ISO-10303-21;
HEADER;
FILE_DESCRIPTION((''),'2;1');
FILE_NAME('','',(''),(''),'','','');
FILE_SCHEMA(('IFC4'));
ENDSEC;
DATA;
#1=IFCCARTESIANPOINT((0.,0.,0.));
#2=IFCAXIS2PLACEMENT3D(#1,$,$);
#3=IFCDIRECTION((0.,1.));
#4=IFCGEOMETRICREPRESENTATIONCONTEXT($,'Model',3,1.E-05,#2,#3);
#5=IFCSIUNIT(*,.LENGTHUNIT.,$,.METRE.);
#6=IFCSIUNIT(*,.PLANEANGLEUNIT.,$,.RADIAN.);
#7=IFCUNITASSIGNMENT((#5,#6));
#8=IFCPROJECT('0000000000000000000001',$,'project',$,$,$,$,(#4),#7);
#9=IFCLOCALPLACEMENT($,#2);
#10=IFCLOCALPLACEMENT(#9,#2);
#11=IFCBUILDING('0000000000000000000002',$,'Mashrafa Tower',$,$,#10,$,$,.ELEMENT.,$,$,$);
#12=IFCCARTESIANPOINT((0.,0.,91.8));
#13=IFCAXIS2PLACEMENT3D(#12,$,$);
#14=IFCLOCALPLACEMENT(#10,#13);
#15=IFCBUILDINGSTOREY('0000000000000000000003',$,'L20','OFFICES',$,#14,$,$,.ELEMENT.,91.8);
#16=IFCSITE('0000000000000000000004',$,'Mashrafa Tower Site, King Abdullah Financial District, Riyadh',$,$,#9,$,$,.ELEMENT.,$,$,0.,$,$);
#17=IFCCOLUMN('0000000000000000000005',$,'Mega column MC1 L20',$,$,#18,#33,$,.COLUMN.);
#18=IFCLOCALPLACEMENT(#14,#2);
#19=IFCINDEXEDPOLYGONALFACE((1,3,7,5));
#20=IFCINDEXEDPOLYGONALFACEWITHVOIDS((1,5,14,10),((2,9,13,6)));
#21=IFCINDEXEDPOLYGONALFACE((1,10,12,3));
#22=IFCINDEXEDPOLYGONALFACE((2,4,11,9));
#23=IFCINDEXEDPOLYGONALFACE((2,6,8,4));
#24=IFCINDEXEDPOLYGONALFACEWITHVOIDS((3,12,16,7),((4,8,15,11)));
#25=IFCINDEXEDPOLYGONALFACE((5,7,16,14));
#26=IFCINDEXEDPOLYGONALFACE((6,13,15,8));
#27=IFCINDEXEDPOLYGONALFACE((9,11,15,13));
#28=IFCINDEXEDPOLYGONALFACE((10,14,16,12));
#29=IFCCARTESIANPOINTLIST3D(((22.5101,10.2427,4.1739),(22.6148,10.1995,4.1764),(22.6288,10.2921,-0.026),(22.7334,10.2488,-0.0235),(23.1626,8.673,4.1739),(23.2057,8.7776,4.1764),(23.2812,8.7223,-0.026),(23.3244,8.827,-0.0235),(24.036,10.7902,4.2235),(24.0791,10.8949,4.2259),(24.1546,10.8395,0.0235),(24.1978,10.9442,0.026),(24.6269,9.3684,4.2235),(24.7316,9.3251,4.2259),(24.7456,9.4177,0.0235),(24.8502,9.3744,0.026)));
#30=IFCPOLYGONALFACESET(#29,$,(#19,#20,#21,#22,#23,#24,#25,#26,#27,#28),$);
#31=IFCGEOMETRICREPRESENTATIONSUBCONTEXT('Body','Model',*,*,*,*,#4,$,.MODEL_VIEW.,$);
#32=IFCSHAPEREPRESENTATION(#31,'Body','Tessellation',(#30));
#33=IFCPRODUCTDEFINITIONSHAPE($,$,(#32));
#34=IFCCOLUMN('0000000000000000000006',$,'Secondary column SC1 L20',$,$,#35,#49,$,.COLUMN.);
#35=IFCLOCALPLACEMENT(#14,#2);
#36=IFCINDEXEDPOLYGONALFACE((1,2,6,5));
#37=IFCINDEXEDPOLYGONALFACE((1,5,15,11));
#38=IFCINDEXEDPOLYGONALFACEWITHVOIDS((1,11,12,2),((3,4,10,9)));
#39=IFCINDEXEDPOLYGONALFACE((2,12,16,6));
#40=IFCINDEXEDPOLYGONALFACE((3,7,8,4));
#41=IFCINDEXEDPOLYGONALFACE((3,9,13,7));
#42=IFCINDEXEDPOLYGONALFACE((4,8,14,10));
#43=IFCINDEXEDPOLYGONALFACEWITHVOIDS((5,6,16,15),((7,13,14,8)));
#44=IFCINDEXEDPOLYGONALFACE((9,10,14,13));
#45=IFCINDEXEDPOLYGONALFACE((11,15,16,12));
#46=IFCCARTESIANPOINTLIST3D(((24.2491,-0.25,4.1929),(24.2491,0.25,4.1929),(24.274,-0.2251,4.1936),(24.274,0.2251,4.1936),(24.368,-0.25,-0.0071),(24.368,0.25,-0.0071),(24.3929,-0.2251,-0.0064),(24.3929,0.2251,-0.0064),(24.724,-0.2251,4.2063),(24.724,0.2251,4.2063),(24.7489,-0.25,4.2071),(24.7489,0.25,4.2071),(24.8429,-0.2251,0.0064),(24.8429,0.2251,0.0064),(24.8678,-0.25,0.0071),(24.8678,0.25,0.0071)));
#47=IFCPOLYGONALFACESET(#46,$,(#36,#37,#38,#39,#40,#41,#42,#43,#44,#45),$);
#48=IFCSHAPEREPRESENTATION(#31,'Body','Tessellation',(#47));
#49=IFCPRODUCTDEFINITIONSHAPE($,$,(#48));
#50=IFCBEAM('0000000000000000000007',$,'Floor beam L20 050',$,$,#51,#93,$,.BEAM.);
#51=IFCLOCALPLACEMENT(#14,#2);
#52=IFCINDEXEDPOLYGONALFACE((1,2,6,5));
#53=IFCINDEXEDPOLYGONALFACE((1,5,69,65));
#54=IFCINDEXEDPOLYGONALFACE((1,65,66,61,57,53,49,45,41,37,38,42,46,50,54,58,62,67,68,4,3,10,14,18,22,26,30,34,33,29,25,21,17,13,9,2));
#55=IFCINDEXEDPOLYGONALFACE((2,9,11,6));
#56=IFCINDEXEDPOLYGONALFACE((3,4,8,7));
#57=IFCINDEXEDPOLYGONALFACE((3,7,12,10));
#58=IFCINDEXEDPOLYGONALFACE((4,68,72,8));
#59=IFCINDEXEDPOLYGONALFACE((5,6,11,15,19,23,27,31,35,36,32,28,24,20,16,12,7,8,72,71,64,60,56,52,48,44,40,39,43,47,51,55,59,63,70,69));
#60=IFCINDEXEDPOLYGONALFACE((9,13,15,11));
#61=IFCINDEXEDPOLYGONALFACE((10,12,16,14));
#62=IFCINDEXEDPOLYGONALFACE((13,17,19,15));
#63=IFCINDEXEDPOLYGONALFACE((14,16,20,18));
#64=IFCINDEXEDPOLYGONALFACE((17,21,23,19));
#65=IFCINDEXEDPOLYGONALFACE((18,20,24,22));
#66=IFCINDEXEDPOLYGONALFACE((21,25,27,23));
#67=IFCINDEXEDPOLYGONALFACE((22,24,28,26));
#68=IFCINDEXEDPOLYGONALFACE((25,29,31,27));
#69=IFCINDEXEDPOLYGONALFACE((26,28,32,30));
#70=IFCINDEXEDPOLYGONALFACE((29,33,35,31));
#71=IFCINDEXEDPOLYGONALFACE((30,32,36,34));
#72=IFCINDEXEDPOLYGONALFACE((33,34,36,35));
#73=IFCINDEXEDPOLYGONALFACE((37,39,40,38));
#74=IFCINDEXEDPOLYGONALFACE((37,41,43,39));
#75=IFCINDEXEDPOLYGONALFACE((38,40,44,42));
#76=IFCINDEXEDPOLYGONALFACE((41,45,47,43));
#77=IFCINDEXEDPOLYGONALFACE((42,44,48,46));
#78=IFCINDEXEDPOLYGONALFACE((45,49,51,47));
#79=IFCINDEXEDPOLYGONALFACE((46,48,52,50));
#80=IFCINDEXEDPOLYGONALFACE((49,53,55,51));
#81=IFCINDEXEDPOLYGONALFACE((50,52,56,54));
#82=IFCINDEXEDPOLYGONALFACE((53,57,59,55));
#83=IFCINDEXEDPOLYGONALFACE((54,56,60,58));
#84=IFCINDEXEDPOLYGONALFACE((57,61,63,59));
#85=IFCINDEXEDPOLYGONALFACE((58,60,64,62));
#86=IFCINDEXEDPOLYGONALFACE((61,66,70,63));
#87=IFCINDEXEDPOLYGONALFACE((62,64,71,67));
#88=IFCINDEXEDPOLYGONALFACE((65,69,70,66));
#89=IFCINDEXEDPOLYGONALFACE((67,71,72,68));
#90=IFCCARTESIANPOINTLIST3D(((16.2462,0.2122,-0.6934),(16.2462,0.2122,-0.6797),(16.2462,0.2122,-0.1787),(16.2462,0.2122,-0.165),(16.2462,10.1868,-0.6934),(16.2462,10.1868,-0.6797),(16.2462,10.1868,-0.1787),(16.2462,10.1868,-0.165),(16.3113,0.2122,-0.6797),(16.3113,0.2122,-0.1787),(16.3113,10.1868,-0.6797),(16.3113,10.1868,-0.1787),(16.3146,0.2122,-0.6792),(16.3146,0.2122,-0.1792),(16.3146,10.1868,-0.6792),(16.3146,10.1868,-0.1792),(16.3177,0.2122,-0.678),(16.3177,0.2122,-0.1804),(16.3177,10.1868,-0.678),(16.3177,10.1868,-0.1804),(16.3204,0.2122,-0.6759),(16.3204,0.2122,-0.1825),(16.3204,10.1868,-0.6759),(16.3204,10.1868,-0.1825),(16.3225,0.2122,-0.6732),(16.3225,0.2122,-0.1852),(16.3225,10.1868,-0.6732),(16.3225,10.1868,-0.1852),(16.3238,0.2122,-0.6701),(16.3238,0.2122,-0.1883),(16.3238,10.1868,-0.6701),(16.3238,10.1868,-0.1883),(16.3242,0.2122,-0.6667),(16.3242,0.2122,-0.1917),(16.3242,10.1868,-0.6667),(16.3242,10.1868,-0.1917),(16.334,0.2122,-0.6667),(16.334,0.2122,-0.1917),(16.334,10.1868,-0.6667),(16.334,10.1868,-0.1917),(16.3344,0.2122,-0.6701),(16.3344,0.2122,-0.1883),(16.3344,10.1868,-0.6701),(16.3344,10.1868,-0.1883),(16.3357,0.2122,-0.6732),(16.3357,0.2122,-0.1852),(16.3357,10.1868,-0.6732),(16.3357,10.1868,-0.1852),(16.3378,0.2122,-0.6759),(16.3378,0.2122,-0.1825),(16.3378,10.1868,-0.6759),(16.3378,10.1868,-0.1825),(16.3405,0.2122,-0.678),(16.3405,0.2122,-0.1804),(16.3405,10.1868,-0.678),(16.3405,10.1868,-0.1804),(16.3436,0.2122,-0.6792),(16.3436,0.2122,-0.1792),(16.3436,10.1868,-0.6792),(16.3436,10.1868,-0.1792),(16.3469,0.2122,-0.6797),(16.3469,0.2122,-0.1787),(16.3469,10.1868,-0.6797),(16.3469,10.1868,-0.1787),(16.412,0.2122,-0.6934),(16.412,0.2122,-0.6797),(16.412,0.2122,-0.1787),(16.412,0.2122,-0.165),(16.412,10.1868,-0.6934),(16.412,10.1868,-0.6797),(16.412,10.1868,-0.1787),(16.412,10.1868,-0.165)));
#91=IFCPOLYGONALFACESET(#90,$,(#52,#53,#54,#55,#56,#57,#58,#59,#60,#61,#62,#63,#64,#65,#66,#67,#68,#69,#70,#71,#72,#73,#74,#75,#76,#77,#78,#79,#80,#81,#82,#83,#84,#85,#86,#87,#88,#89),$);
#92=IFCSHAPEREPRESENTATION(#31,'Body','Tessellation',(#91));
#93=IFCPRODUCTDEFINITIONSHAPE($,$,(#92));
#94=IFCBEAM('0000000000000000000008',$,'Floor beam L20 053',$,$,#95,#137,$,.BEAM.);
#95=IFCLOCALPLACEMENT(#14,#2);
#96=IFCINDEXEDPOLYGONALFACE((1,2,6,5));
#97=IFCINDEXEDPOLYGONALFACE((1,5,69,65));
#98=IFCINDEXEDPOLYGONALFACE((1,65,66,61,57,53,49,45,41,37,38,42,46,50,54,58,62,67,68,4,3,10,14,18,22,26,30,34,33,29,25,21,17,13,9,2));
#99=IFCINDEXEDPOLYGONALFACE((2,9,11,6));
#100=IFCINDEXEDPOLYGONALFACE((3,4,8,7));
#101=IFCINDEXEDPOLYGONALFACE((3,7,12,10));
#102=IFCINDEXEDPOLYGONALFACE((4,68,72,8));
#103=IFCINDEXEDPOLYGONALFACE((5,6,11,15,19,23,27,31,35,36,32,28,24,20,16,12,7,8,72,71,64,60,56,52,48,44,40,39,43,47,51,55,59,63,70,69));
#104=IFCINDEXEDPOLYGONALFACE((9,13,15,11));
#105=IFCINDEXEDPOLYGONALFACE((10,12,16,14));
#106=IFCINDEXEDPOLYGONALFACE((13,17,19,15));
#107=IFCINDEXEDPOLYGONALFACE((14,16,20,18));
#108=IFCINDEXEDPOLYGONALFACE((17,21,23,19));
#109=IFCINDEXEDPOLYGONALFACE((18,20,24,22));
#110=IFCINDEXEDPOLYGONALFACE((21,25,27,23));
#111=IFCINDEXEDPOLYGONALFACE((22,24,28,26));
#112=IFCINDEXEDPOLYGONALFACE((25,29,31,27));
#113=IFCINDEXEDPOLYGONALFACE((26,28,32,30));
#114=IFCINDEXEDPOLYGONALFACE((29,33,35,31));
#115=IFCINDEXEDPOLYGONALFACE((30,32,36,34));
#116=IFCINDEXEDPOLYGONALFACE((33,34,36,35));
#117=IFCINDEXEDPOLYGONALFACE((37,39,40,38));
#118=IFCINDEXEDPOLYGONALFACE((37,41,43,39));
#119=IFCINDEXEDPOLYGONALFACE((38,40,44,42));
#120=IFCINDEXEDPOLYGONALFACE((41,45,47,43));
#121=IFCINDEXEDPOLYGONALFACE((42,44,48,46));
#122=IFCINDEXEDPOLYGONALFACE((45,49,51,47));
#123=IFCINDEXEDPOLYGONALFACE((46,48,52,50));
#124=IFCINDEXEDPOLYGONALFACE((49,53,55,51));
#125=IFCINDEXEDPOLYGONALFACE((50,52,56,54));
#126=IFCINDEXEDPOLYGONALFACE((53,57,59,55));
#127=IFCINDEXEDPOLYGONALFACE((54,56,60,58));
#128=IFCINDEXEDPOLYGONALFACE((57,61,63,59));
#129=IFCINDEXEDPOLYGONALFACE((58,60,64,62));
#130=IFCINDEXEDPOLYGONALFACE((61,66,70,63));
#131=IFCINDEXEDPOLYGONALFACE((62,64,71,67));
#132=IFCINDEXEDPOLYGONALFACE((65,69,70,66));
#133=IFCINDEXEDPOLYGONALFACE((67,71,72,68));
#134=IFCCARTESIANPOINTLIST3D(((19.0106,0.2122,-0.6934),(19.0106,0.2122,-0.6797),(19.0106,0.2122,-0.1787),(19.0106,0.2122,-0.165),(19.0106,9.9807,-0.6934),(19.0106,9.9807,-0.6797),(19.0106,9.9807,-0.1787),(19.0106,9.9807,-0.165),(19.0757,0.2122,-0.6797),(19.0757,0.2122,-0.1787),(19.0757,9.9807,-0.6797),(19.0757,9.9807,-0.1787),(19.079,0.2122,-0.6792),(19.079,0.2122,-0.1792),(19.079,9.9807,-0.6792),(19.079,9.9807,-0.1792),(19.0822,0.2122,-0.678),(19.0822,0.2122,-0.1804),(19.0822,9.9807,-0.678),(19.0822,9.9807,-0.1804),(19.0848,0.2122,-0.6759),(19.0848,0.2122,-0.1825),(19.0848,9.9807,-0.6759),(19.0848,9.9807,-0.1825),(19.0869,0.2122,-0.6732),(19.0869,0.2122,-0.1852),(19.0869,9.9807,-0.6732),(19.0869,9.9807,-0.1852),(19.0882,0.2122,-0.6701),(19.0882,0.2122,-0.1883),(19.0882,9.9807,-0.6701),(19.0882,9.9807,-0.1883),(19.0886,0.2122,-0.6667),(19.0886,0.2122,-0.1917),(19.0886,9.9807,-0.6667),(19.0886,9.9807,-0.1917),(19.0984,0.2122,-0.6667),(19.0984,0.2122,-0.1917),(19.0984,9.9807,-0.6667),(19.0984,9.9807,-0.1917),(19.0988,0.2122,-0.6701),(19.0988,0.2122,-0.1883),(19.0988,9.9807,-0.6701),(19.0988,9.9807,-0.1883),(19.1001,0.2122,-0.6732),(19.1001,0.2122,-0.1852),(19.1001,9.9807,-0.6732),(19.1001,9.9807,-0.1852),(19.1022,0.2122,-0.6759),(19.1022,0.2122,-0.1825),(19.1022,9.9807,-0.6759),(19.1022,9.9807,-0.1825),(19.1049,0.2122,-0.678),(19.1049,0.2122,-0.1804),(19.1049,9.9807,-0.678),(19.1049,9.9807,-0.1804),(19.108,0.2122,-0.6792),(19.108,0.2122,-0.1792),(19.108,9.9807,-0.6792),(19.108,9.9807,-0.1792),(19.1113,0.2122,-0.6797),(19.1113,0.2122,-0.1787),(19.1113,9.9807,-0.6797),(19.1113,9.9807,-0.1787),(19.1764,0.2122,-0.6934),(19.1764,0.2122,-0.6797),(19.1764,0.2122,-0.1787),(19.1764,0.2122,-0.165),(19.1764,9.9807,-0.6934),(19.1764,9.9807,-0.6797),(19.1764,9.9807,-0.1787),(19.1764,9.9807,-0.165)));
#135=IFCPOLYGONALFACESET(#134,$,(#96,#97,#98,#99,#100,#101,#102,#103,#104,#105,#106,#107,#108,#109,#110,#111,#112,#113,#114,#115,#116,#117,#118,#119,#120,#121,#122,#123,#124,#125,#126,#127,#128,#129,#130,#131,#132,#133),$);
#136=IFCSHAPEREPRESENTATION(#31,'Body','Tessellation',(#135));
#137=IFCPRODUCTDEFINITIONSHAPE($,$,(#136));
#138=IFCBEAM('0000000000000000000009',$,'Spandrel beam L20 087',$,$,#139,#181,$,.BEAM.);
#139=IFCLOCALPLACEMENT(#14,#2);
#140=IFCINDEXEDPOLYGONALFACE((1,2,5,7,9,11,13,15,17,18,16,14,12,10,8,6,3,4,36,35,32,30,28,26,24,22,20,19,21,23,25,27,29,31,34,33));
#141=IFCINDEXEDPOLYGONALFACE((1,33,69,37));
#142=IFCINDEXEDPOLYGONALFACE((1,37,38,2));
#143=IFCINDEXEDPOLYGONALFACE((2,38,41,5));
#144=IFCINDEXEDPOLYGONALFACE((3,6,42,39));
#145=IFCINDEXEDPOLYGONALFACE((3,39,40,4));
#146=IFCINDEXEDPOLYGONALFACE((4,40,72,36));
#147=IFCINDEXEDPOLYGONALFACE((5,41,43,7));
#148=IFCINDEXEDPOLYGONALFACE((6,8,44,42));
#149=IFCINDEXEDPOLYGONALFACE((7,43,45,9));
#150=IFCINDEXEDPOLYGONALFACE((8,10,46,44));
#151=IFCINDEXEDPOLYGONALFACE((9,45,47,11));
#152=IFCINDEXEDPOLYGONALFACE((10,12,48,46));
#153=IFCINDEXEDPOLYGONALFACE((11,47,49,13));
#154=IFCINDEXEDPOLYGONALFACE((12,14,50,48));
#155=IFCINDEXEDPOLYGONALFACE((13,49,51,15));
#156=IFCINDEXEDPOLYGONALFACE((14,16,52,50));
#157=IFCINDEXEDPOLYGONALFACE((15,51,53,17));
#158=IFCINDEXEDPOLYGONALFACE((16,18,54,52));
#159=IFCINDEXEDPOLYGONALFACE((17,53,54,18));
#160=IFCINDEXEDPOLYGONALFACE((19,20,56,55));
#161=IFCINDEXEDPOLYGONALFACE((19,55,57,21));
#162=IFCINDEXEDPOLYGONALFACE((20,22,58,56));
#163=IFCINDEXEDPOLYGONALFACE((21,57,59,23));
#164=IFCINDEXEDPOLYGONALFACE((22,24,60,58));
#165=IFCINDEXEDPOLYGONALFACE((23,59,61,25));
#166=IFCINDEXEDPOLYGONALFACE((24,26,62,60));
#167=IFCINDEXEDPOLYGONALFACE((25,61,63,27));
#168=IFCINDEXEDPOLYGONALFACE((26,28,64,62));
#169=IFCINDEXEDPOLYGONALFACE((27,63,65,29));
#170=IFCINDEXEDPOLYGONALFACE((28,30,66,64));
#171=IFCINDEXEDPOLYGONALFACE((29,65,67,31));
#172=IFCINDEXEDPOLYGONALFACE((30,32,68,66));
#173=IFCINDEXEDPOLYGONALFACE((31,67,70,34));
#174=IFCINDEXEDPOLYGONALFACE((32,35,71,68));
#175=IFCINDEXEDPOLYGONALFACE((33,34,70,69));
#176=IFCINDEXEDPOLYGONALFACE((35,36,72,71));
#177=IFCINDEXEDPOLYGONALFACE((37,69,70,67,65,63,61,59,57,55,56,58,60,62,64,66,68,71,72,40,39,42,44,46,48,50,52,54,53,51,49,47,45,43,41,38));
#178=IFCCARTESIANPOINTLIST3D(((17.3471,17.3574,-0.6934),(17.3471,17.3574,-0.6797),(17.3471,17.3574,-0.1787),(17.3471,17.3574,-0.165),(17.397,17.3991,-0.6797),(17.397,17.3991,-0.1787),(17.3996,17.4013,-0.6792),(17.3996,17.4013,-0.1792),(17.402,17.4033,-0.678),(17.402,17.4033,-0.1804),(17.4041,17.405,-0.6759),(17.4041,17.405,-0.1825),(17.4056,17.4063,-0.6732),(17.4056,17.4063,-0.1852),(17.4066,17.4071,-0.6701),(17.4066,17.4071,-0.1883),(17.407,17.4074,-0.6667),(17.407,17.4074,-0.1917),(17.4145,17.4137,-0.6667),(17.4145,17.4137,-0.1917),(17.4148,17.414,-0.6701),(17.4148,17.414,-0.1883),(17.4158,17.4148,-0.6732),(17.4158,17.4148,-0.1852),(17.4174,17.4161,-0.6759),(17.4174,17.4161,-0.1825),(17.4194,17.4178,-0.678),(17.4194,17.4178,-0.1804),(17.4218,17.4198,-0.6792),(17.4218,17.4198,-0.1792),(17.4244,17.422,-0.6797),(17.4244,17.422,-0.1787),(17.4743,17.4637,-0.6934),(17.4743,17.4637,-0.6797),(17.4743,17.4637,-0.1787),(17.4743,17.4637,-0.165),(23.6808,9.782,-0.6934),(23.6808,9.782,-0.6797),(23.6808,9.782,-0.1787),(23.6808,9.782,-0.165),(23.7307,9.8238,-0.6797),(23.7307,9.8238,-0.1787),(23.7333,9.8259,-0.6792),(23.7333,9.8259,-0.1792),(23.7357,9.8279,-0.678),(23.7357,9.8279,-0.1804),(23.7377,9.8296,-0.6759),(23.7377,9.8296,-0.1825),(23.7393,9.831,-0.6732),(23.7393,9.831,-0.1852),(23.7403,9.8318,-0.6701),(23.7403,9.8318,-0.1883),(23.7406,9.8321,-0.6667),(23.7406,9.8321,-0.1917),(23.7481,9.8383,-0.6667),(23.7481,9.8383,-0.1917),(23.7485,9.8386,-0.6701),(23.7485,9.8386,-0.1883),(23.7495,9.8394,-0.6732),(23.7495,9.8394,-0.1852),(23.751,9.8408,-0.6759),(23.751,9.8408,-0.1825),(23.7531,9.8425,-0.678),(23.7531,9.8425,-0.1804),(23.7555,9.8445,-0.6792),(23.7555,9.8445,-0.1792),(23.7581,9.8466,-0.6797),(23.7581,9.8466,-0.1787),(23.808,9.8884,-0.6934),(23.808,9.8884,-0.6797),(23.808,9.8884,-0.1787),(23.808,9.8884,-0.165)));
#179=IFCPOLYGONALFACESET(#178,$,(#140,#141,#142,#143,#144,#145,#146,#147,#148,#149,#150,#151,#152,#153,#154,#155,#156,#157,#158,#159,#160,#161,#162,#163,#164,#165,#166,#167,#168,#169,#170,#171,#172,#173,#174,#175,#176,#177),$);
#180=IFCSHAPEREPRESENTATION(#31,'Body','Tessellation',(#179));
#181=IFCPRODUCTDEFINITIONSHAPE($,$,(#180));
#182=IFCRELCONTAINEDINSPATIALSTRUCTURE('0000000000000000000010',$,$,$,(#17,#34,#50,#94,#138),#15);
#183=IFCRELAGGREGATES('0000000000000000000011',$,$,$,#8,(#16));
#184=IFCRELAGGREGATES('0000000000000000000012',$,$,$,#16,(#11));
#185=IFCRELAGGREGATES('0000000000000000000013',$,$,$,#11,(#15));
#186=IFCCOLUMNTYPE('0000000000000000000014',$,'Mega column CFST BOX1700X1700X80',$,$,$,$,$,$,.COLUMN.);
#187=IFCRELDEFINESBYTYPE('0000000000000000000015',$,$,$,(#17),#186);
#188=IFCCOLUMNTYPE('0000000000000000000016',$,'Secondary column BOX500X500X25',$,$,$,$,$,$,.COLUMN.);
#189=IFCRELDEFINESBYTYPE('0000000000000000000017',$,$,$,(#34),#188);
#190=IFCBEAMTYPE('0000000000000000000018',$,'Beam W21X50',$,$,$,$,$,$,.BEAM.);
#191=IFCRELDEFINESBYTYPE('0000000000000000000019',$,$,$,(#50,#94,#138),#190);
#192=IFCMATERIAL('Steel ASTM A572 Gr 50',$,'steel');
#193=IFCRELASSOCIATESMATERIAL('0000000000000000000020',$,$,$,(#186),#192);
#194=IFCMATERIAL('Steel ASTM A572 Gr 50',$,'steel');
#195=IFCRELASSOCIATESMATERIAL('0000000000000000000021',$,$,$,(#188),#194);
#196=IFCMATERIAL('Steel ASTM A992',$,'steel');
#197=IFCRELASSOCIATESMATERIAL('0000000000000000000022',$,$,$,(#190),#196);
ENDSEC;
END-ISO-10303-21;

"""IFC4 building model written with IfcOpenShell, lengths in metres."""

from ifc_helpers import new_model, si_unit, direction, frame, origin, origin_2d, place, context, subcontext, project, spatial, hollow_rectangle, i_section, extrude, material, material_profile, profile_set, type_object, element, save


model = new_model("IFC4")

# Units and contexts
model_context = context("Model", 3, precision=1e-05, world=origin(), true_north=direction((0.0, 1.0)))
body_context = subcontext(model_context, "Body", "Model", "MODEL_VIEW")
ifc_project = project(units=[si_unit("LENGTHUNIT", "METRE"), si_unit("PLANEANGLEUNIT", "RADIAN")], contexts=[model_context])

# Site, building, storey
site_placement = place(None, origin())
site = spatial("IfcSite", under=ifc_project, at=site_placement, Name="Mashrafa Tower Site, King Abdullah Financial District, Riyadh", CompositionType="ELEMENT", RefElevation=0.0)
building_placement = place(site_placement, origin())
building = spatial("IfcBuilding", under=site, at=building_placement, Name="Mashrafa Tower", CompositionType="ELEMENT")
storey_placement = place(building_placement, frame((0.0, 0.0, 91.8)))
storey = spatial("IfcBuildingStorey", under=building, at=storey_placement, Name="L20", Description="OFFICES", CompositionType="ELEMENT", Elevation=91.8)

# Columns
ifc_material_1 = material(Name="Steel ASTM A572 Gr 50", Category="steel")
ifc_material_profile_1 = material_profile(ifc_material_1, hollow_rectangle(XDim=1.7, YDim=1.7, WallThickness=0.0801, at=origin_2d()), Name="BOX1700X1700X80")
ifc_profile_set_1 = profile_set([ifc_material_profile_1], Name="Steel ASTM A572 Gr 50")
column_type_1 = type_object("IfcColumnType", Name="Mega column CFST BOX1700X1700X80", PredefinedType="COLUMN", material=ifc_profile_set_1)
column_1_placement = place(storey_placement, frame((23.7395, 9.8333, 0.0), z_axis=(-0.028238, -0.011737, 0.999532), x_axis=(0.383806, -0.923414, 0.0)))
element("IfcColumn", 1, at=column_1_placement, inside=storey, type_object=column_type_1, Name="Mega column MC1 L20", PredefinedType="COLUMN", context=body_context, shape_type="SweptSolid", body=[
    extrude(hollow_rectangle(XDim=1.7, YDim=1.7, WallThickness=0.0801, at=origin_2d()), origin(), (0.0, 0.0, 1.0), 4.2019),
])
ifc_material_2 = material(Name="Steel ASTM A572 Gr 50", Category="steel")
ifc_material_profile_2 = material_profile(ifc_material_2, hollow_rectangle(XDim=0.5, YDim=0.5, WallThickness=0.0249, at=origin_2d()), Name="BOX500X500X25")
ifc_profile_set_2 = profile_set([ifc_material_profile_2], Name="Steel ASTM A572 Gr 50")
column_type_2 = type_object("IfcColumnType", Name="Secondary column BOX500X500X25", PredefinedType="COLUMN", material=ifc_profile_set_2)
column_2_placement = place(storey_placement, frame((24.6179, 0.0, 0.0), z_axis=(-0.028298, 0.0, 0.9996), x_axis=(0.0, -1.0, 0.0)))
element("IfcColumn", 2, at=column_2_placement, inside=storey, type_object=column_type_2, Name="Secondary column SC1 L20", PredefinedType="COLUMN", context=body_context, shape_type="SweptSolid", body=[
    extrude(hollow_rectangle(XDim=0.5, YDim=0.5, WallThickness=0.0249, at=origin_2d()), origin(), (0.0, 0.0, 1.0), 4.2017),
])

# Beams
ifc_material_3 = material(Name="Steel ASTM A992", Category="steel")
ifc_material_profile_3 = material_profile(ifc_material_3, i_section(OverallWidth=0.1658, OverallDepth=0.5283, WebThickness=0.0098, FlangeThickness=0.0137, FilletRadius=0.0129, at=origin_2d()), Name="W21X50")
ifc_profile_set_3 = profile_set([ifc_material_profile_3], Name="Steel ASTM A992")
beam_type_1 = type_object("IfcBeamType", Name="Beam W21X50", PredefinedType="BEAM", material=ifc_profile_set_3)
beam_1_placement = place(storey_placement, frame((16.3291, 10.1868, -0.4292), z_axis=(0.0, -1.0, 0.0), x_axis=(1.0, 0.0, 0.0)))
element("IfcBeam", 3, at=beam_1_placement, inside=storey, type_object=beam_type_1, Name="Floor beam L20 050", PredefinedType="BEAM", context=body_context, shape_type="SweptSolid", body=[
    extrude(i_section(OverallWidth=0.1658, OverallDepth=0.5283, WebThickness=0.0098, FlangeThickness=0.0137, FilletRadius=0.0129, at=origin_2d()), origin(), (0.0, 0.0, 1.0), 9.9746),
])
beam_2_placement = place(storey_placement, frame((19.0935, 9.9807, -0.4292), z_axis=(0.0, -1.0, 0.0), x_axis=(1.0, 0.0, 0.0)))
element("IfcBeam", 4, at=beam_2_placement, inside=storey, type_object=beam_type_1, Name="Floor beam L20 053", PredefinedType="BEAM", context=body_context, shape_type="SweptSolid", body=[
    extrude(i_section(OverallWidth=0.1658, OverallDepth=0.5283, WebThickness=0.0098, FlangeThickness=0.0137, FilletRadius=0.0129, at=origin_2d()), origin(), (0.0, 0.0, 1.0), 9.7686),
])
for number, where, z_axis, x_axis, name in (
    (5, (23.7444, 9.8352, -0.4292), (-0.641431, 0.767181, 0.0), (-0.767181, -0.641431, 0.0), "Spandrel beam L20 087"),
):
    element("IfcBeam", number, at=place(storey_placement, frame(where, z_axis=z_axis, x_axis=x_axis)), inside=storey, type_object=beam_type_1, Name=name, PredefinedType="BEAM", context=body_context, shape_type="SweptSolid", body=[
        extrude(i_section(OverallWidth=0.1658, OverallDepth=0.5283, WebThickness=0.0098, FlangeThickness=0.0137, FilletRadius=0.0129, at=origin_2d()), origin(), (0.0, 0.0, 1.0), 9.8743),
    ])

save(model, "model.ifc")
